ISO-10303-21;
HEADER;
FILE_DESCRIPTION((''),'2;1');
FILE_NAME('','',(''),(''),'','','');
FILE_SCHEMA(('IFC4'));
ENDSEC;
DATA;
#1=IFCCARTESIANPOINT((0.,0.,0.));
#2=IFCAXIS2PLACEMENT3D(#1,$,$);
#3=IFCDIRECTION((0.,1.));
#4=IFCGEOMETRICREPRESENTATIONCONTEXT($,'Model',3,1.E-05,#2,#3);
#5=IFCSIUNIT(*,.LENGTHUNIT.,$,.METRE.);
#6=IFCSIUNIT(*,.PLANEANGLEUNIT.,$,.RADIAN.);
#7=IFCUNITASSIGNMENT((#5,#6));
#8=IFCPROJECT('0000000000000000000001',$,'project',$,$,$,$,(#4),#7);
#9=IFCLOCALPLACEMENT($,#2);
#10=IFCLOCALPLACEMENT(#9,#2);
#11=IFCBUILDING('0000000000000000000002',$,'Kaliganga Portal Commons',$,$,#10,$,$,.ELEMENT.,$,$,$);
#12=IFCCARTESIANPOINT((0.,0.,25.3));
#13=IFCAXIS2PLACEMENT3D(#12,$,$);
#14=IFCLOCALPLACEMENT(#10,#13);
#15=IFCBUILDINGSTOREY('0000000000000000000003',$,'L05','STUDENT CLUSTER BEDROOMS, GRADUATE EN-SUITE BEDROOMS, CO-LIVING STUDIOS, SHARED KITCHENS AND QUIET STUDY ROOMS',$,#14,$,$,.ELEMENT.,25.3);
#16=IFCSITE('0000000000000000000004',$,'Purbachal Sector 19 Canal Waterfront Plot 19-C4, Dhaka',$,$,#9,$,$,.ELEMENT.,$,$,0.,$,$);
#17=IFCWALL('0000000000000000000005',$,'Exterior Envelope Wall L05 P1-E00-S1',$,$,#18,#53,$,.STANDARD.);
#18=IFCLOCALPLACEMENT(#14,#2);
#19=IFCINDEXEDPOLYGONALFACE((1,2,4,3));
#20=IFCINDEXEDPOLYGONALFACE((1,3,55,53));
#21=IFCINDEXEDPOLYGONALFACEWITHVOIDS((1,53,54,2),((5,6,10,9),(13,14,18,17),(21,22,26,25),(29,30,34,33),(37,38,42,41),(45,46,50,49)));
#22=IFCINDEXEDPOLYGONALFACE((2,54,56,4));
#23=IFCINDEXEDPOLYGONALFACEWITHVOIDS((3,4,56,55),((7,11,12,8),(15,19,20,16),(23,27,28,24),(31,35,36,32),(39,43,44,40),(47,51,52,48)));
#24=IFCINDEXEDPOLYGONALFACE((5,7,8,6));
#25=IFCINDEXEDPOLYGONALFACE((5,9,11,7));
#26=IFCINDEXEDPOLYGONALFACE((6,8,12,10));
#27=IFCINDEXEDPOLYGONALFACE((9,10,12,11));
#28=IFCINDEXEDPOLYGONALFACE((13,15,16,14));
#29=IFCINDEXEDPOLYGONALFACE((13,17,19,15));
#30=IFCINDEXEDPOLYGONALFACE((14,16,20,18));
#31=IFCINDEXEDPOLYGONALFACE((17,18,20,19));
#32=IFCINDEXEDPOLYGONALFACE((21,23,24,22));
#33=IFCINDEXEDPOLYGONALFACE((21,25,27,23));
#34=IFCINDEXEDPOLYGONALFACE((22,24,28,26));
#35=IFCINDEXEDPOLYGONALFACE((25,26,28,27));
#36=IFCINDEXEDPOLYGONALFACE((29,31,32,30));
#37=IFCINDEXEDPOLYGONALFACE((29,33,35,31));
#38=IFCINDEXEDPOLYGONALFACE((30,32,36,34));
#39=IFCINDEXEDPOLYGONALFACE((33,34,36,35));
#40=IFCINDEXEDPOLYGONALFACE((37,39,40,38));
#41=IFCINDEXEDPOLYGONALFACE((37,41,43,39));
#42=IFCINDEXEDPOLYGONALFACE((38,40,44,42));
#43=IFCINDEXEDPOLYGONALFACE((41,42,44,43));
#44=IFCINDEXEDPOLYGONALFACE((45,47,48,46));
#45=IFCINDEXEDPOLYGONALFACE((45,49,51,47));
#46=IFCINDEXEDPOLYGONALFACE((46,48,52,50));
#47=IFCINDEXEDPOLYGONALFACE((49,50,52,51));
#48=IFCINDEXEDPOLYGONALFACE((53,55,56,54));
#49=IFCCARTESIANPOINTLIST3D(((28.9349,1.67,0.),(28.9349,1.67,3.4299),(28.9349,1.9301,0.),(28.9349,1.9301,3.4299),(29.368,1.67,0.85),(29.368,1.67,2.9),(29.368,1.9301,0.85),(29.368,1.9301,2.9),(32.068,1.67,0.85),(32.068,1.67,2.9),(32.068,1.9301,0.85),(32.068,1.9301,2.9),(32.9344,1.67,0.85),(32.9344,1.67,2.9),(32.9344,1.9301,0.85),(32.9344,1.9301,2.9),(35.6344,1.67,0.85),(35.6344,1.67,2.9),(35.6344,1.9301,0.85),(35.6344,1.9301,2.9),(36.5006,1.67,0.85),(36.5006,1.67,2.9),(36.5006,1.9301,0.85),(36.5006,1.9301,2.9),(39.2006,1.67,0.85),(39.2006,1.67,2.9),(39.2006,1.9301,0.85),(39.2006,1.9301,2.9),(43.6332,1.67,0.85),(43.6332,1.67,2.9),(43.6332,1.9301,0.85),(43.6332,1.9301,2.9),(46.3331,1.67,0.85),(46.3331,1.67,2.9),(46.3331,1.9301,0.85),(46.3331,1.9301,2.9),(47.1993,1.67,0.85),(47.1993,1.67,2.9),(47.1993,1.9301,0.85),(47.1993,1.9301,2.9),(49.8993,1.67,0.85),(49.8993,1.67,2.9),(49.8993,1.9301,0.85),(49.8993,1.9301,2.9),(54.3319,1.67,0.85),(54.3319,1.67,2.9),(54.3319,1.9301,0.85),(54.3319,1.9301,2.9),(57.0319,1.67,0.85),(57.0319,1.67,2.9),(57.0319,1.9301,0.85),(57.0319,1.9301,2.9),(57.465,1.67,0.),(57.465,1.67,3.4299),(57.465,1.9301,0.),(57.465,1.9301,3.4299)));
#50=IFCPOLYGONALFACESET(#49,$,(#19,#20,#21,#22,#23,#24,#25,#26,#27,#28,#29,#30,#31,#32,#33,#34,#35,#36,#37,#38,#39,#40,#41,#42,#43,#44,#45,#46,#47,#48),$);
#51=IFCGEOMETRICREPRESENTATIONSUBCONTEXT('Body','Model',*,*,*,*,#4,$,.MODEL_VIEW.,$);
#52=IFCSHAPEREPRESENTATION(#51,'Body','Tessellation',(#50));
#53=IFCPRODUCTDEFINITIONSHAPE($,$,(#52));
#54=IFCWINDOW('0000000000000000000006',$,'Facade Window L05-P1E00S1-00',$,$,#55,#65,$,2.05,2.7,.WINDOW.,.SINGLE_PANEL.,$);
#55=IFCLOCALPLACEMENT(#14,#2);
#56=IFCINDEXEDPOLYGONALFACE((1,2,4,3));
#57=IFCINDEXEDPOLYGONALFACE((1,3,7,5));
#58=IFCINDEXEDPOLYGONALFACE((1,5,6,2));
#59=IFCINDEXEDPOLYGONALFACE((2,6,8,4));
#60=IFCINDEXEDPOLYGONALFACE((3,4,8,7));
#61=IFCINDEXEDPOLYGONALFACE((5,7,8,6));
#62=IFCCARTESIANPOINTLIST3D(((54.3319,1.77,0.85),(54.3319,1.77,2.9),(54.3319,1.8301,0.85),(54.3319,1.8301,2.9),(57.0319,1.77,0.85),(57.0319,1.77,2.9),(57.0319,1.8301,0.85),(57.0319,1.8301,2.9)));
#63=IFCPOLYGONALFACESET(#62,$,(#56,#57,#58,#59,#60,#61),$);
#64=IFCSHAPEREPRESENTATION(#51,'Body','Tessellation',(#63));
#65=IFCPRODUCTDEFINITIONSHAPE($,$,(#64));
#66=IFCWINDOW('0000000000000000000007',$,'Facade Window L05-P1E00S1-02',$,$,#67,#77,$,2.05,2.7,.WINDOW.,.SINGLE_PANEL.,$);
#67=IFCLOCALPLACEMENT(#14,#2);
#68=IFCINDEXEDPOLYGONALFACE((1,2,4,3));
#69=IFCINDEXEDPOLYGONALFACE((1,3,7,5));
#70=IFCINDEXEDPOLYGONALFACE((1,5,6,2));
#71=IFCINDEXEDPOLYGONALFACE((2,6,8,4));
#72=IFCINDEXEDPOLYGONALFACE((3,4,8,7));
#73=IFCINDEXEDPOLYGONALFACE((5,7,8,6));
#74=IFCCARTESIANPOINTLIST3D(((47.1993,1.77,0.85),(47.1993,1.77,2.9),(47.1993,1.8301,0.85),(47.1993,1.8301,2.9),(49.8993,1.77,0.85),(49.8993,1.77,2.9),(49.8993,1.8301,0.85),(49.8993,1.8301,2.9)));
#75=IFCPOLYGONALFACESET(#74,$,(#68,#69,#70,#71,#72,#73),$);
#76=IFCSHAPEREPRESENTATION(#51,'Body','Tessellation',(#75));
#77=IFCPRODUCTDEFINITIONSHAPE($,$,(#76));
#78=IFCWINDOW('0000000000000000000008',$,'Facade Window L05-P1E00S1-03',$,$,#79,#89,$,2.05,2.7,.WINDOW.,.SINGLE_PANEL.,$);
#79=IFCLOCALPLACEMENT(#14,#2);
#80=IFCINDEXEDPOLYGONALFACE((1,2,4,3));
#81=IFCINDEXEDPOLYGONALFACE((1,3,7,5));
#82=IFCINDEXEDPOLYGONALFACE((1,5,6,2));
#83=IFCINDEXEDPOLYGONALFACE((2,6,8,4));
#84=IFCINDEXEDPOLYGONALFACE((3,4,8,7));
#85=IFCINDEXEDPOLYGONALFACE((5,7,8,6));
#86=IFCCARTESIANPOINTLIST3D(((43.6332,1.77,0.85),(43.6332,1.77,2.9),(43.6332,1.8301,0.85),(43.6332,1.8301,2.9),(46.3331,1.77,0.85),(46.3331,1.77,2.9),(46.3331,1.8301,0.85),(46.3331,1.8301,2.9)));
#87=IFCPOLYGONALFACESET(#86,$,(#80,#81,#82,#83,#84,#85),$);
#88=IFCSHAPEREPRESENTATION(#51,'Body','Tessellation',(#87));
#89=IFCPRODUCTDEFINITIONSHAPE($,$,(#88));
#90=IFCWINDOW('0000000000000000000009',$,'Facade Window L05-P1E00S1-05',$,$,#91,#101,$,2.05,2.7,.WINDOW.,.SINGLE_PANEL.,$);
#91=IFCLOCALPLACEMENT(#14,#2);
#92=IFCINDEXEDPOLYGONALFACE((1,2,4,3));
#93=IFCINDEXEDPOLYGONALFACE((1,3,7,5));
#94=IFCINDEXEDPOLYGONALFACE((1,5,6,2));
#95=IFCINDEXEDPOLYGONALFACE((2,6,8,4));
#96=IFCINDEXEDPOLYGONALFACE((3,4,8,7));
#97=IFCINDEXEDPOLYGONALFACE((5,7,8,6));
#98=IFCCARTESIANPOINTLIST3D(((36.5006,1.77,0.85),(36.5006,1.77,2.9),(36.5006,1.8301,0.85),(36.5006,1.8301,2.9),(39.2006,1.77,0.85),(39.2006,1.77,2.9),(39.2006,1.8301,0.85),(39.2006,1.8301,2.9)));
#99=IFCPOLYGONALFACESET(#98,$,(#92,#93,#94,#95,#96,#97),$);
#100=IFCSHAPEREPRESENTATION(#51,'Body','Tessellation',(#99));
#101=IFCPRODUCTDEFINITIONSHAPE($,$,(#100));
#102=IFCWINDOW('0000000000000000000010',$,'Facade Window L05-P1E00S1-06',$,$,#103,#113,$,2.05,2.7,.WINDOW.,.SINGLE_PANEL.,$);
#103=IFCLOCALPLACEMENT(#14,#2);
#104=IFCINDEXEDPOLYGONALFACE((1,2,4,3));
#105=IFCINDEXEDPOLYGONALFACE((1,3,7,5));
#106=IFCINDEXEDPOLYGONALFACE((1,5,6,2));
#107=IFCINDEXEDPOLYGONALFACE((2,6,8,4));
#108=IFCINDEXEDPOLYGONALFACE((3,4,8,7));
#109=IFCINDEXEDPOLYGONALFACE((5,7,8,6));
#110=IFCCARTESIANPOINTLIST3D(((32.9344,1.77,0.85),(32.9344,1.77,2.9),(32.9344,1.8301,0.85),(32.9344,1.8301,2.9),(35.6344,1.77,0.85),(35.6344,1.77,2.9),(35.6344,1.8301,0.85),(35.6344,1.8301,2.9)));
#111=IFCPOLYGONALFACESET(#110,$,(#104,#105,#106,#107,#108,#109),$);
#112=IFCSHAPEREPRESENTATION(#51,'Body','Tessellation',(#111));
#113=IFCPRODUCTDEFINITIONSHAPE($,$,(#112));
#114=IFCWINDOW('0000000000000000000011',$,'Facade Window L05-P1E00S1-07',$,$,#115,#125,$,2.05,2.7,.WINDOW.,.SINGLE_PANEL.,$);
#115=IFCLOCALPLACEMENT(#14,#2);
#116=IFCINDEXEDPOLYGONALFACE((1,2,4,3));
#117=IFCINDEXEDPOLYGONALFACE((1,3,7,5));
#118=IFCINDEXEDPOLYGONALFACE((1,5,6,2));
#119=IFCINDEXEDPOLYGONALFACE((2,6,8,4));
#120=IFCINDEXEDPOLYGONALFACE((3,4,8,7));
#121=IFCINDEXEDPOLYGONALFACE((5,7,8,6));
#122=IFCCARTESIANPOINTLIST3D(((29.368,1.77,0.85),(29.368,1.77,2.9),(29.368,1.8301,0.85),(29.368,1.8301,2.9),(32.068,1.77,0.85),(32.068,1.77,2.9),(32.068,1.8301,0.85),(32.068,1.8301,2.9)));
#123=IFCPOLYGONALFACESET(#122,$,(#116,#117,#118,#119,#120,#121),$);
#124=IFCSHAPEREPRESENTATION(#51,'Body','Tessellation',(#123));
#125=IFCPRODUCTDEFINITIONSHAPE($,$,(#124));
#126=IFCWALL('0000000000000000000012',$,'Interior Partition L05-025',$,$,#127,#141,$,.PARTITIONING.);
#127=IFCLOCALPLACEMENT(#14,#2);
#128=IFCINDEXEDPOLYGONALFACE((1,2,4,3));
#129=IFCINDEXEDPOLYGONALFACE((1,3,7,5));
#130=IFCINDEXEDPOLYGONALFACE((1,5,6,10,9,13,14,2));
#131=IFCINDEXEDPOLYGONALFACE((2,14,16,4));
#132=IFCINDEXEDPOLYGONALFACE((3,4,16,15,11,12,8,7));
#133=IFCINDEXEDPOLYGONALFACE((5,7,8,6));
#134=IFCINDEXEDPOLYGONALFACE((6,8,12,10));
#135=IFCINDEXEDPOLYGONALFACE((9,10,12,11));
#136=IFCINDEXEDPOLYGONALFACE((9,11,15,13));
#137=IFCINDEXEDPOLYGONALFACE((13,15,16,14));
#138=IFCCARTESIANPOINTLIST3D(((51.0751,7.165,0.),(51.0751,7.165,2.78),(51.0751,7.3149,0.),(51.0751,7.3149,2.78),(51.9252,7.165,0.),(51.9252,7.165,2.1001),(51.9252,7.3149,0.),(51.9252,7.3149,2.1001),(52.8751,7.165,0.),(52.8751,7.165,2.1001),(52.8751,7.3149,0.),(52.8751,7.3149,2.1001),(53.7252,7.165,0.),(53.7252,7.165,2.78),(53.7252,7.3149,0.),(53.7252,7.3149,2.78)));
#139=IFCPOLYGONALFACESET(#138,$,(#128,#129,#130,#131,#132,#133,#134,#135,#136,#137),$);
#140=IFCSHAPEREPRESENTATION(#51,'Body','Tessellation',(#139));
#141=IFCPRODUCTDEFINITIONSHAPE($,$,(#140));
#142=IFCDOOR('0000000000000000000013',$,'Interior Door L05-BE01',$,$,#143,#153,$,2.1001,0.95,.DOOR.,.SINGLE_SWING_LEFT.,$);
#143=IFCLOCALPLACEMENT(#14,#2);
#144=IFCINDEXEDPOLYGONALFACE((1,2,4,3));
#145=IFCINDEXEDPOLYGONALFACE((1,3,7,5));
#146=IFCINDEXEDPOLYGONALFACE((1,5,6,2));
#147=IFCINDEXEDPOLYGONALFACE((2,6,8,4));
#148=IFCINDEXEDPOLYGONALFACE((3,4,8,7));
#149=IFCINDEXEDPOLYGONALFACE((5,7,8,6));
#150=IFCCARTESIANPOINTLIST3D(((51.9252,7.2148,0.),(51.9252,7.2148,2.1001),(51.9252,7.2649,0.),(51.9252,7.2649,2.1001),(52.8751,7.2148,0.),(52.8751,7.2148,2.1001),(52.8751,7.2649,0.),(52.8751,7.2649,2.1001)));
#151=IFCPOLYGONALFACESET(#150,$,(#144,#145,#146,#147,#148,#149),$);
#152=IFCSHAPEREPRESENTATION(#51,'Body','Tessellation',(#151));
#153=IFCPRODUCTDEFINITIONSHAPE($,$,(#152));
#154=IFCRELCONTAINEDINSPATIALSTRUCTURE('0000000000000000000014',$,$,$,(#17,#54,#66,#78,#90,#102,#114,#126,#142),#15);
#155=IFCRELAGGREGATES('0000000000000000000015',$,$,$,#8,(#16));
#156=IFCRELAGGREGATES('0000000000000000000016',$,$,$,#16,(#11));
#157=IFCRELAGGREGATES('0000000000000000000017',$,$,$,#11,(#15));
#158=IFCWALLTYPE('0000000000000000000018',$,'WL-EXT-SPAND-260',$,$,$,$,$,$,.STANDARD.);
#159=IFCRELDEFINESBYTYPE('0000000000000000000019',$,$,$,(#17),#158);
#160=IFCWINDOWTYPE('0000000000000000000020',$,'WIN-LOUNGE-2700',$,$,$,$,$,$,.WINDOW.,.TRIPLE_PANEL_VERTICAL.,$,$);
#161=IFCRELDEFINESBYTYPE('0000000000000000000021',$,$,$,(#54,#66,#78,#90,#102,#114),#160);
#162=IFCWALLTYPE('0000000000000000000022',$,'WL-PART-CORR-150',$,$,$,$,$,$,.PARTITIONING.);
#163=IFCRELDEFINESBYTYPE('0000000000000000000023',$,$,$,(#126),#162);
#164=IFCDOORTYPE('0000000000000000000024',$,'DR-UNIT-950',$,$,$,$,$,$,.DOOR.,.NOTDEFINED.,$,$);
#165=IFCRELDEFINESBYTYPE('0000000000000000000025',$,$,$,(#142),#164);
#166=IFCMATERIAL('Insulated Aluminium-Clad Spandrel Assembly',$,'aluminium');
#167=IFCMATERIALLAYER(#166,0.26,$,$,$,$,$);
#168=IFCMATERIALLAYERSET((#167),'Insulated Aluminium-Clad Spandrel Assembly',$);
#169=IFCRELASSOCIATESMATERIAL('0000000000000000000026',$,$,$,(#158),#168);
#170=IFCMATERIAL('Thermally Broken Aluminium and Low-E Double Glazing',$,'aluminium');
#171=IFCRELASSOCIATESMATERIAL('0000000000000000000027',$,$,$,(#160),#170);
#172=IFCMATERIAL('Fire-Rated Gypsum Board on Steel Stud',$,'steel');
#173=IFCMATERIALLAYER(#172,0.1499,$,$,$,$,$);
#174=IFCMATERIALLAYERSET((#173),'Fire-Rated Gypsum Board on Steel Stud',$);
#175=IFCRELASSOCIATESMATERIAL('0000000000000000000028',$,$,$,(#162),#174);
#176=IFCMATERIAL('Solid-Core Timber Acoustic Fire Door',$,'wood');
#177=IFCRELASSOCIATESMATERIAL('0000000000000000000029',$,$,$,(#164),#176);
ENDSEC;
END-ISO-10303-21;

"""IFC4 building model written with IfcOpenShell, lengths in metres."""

from ifc_helpers import new_model, si_unit, direction, frame, frame_2d, origin, place, context, subcontext, project, spatial, rectangle, extrude, material, layer, layer_set, type_object, element, fill, save


model = new_model("IFC4")

# Units and contexts
model_context = context("Model", 3, precision=1e-05, world=origin(), true_north=direction((0.0, 1.0)))
body_context = subcontext(model_context, "Body", "Model", "MODEL_VIEW")
ifc_project = project(units=[si_unit("LENGTHUNIT", "METRE"), si_unit("PLANEANGLEUNIT", "RADIAN")], contexts=[model_context])

# Site, building, storey
site_placement = place(None, origin())
site = spatial("IfcSite", under=ifc_project, at=site_placement, Name="Purbachal Sector 19 Canal Waterfront Plot 19-C4, Dhaka", CompositionType="ELEMENT", RefElevation=0.0)
building_placement = place(site_placement, origin())
building = spatial("IfcBuilding", under=site, at=building_placement, Name="Kaliganga Portal Commons", CompositionType="ELEMENT")
storey_placement = place(building_placement, frame((0.0, 0.0, 25.3)))
storey = spatial("IfcBuildingStorey", under=building, at=storey_placement, Name="L05", Description="STUDENT CLUSTER BEDROOMS, GRADUATE EN-SUITE BEDROOMS, CO-LIVING STUDIOS, SHARED KITCHENS AND QUIET STUDY ROOMS", CompositionType="ELEMENT", Elevation=25.3)

# Wall, openings, windows
ifc_material_1 = material(Name="Insulated Aluminium-Clad Spandrel Assembly", Category="aluminium")
ifc_layer_1 = layer(ifc_material_1, 0.26)
ifc_layer_set_1 = layer_set([ifc_layer_1], Name="Insulated Aluminium-Clad Spandrel Assembly")
wall_type_1 = type_object("IfcWallType", Name="WL-EXT-SPAND-260", PredefinedType="STANDARD", material=ifc_layer_set_1)
wall_1_placement = place(storey_placement, frame((57.4651, 1.8, 0.0), z_axis=(0.0, 0.0, 1.0), x_axis=(-1.0, 0.0, 0.0)))
wall_1 = element("IfcWall", 1, at=wall_1_placement, inside=storey, type_object=wall_type_1, Name="Exterior Envelope Wall L05 P1-E00-S1", PredefinedType="STANDARD", context=body_context, shape_type="SweptSolid", body=[
    extrude(rectangle(XDim=28.53, YDim=0.26, at=frame_2d((14.2651, 0.0))), origin(), (0.0, 0.0, 1.0), 3.4299),
])
opening_1_placement = place(wall_1_placement, frame((0.4331, 0.0, 0.8501)))
opening_1 = element("IfcOpeningElement", 2, at=opening_1_placement, cuts=wall_1, PredefinedType="OPENING", context=body_context, shape_type="SweptSolid", body=[
    extrude(rectangle(XDim=2.7, YDim=2.05, at=frame_2d((1.3501, 1.0249))), frame((0.0, 0.1401, 0.0), z_axis=(0.0, -1.0, 0.0), x_axis=(1.0, 0.0, 0.0)), (0.0, 0.0, 1.0), 0.28),
])
opening_2_placement = place(wall_1_placement, frame((7.5657, 0.0, 0.8501)))
opening_2 = element("IfcOpeningElement", 3, at=opening_2_placement, cuts=wall_1, PredefinedType="OPENING", context=body_context, shape_type="SweptSolid", body=[
    extrude(rectangle(XDim=2.7, YDim=2.05, at=frame_2d((1.3501, 1.0249))), frame((0.0, 0.1401, 0.0), z_axis=(0.0, -1.0, 0.0), x_axis=(1.0, 0.0, 0.0)), (0.0, 0.0, 1.0), 0.28),
])
opening_3_placement = place(wall_1_placement, frame((11.1318, 0.0, 0.8501)))
opening_3 = element("IfcOpeningElement", 4, at=opening_3_placement, cuts=wall_1, PredefinedType="OPENING", context=body_context, shape_type="SweptSolid", body=[
    extrude(rectangle(XDim=2.7, YDim=2.05, at=frame_2d((1.3501, 1.0249))), frame((0.0, 0.1401, 0.0), z_axis=(0.0, -1.0, 0.0), x_axis=(1.0, 0.0, 0.0)), (0.0, 0.0, 1.0), 0.28),
])
opening_4_placement = place(wall_1_placement, frame((18.2644, 0.0, 0.8501)))
opening_4 = element("IfcOpeningElement", 5, at=opening_4_placement, cuts=wall_1, PredefinedType="OPENING", context=body_context, shape_type="SweptSolid", body=[
    extrude(rectangle(XDim=2.7, YDim=2.05, at=frame_2d((1.3501, 1.0249))), frame((0.0, 0.1401, 0.0), z_axis=(0.0, -1.0, 0.0), x_axis=(1.0, 0.0, 0.0)), (0.0, 0.0, 1.0), 0.28),
])
opening_5_placement = place(wall_1_placement, frame((21.8306, 0.0, 0.8501)))
opening_5 = element("IfcOpeningElement", 6, at=opening_5_placement, cuts=wall_1, PredefinedType="OPENING", context=body_context, shape_type="SweptSolid", body=[
    extrude(rectangle(XDim=2.7, YDim=2.05, at=frame_2d((1.3501, 1.0249))), frame((0.0, 0.1401, 0.0), z_axis=(0.0, -1.0, 0.0), x_axis=(1.0, 0.0, 0.0)), (0.0, 0.0, 1.0), 0.28),
])
opening_6_placement = place(wall_1_placement, frame((25.397, 0.0, 0.8501)))
opening_6 = element("IfcOpeningElement", 7, at=opening_6_placement, cuts=wall_1, PredefinedType="OPENING", context=body_context, shape_type="SweptSolid", body=[
    extrude(rectangle(XDim=2.7, YDim=2.05, at=frame_2d((1.3501, 1.0249))), frame((0.0, 0.1401, 0.0), z_axis=(0.0, -1.0, 0.0), x_axis=(1.0, 0.0, 0.0)), (0.0, 0.0, 1.0), 0.28),
])
ifc_material_2 = material(Name="Thermally Broken Aluminium and Low-E Double Glazing", Category="aluminium")
window_type = type_object("IfcWindowType", Name="WIN-LOUNGE-2700", PartitioningType="TRIPLE_PANEL_VERTICAL", PredefinedType="WINDOW", material=ifc_material_2)
window_1_placement = place(opening_1_placement, origin())
window_1 = element("IfcWindow", 8, at=window_1_placement, inside=storey, type_object=window_type, Name="Facade Window L05-P1E00S1-00", OverallHeight=2.05, OverallWidth=2.7, PartitioningType="SINGLE_PANEL", PredefinedType="WINDOW", context=body_context, shape_type="SweptSolid", body=[
    extrude(rectangle(XDim=2.7, YDim=2.05, at=frame_2d((1.3501, 1.0249))), frame((0.0, 0.03, 0.0), z_axis=(0.0, -1.0, 0.0), x_axis=(1.0, 0.0, 0.0)), (0.0, 0.0, 1.0), 0.0601),
])
fill(opening_1, window_1)
window_2_placement = place(opening_2_placement, origin())
window_2 = element("IfcWindow", 9, at=window_2_placement, inside=storey, type_object=window_type, Name="Facade Window L05-P1E00S1-02", OverallHeight=2.05, OverallWidth=2.7, PartitioningType="SINGLE_PANEL", PredefinedType="WINDOW", context=body_context, shape_type="SweptSolid", body=[
    extrude(rectangle(XDim=2.7, YDim=2.05, at=frame_2d((1.3501, 1.0249))), frame((0.0, 0.03, 0.0), z_axis=(0.0, -1.0, 0.0), x_axis=(1.0, 0.0, 0.0)), (0.0, 0.0, 1.0), 0.0601),
])
fill(opening_2, window_2)
window_3_placement = place(opening_3_placement, origin())
window_3 = element("IfcWindow", 10, at=window_3_placement, inside=storey, type_object=window_type, Name="Facade Window L05-P1E00S1-03", OverallHeight=2.05, OverallWidth=2.7, PartitioningType="SINGLE_PANEL", PredefinedType="WINDOW", context=body_context, shape_type="SweptSolid", body=[
    extrude(rectangle(XDim=2.7, YDim=2.05, at=frame_2d((1.3501, 1.0249))), frame((0.0, 0.03, 0.0), z_axis=(0.0, -1.0, 0.0), x_axis=(1.0, 0.0, 0.0)), (0.0, 0.0, 1.0), 0.0601),
])
fill(opening_3, window_3)
window_4_placement = place(opening_4_placement, origin())
window_4 = element("IfcWindow", 11, at=window_4_placement, inside=storey, type_object=window_type, Name="Facade Window L05-P1E00S1-05", OverallHeight=2.05, OverallWidth=2.7, PartitioningType="SINGLE_PANEL", PredefinedType="WINDOW", context=body_context, shape_type="SweptSolid", body=[
    extrude(rectangle(XDim=2.7, YDim=2.05, at=frame_2d((1.3501, 1.0249))), frame((0.0, 0.03, 0.0), z_axis=(0.0, -1.0, 0.0), x_axis=(1.0, 0.0, 0.0)), (0.0, 0.0, 1.0), 0.0601),
])
fill(opening_4, window_4)
window_5_placement = place(opening_5_placement, origin())
window_5 = element("IfcWindow", 12, at=window_5_placement, inside=storey, type_object=window_type, Name="Facade Window L05-P1E00S1-06", OverallHeight=2.05, OverallWidth=2.7, PartitioningType="SINGLE_PANEL", PredefinedType="WINDOW", context=body_context, shape_type="SweptSolid", body=[
    extrude(rectangle(XDim=2.7, YDim=2.05, at=frame_2d((1.3501, 1.0249))), frame((0.0, 0.03, 0.0), z_axis=(0.0, -1.0, 0.0), x_axis=(1.0, 0.0, 0.0)), (0.0, 0.0, 1.0), 0.0601),
])
fill(opening_5, window_5)
window_6_placement = place(opening_6_placement, origin())
window_6 = element("IfcWindow", 13, at=window_6_placement, inside=storey, type_object=window_type, Name="Facade Window L05-P1E00S1-07", OverallHeight=2.05, OverallWidth=2.7, PartitioningType="SINGLE_PANEL", PredefinedType="WINDOW", context=body_context, shape_type="SweptSolid", body=[
    extrude(rectangle(XDim=2.7, YDim=2.05, at=frame_2d((1.3501, 1.0249))), frame((0.0, 0.03, 0.0), z_axis=(0.0, -1.0, 0.0), x_axis=(1.0, 0.0, 0.0)), (0.0, 0.0, 1.0), 0.0601),
])
fill(opening_6, window_6)

# Wall, opening, door
ifc_material_3 = material(Name="Fire-Rated Gypsum Board on Steel Stud", Category="steel")
ifc_layer_2 = layer(ifc_material_3, 0.1499)
ifc_layer_set_2 = layer_set([ifc_layer_2], Name="Fire-Rated Gypsum Board on Steel Stud")
wall_type_2 = type_object("IfcWallType", Name="WL-PART-CORR-150", PredefinedType="PARTITIONING", material=ifc_layer_set_2)
wall_2_placement = place(storey_placement, frame((51.075, 7.24, 0.0), z_axis=(0.0, 0.0, 1.0), x_axis=(1.0, 0.0, 0.0)))
wall_2 = element("IfcWall", 14, at=wall_2_placement, inside=storey, type_object=wall_type_2, Name="Interior Partition L05-025", PredefinedType="PARTITIONING", context=body_context, shape_type="SweptSolid", body=[
    extrude(rectangle(XDim=2.6501, YDim=0.1499, at=frame_2d((1.3252, 0.0))), origin(), (0.0, 0.0, 1.0), 2.78),
])
opening_7_placement = place(wall_2_placement, frame((0.8501, 0.0, 0.0)))
opening_7 = element("IfcOpeningElement", 15, at=opening_7_placement, cuts=wall_2, PredefinedType="OPENING", context=body_context, shape_type="SweptSolid", body=[
    extrude(rectangle(XDim=0.95, YDim=2.1001, at=frame_2d((0.4751, 1.05))), frame((0.0, 0.085, 0.0), z_axis=(0.0, -1.0, 0.0), x_axis=(1.0, 0.0, 0.0)), (0.0, 0.0, 1.0), 0.1699),
])
ifc_material_4 = material(Name="Solid-Core Timber Acoustic Fire Door", Category="wood")
door_type_1 = type_object("IfcDoorType", Name="DR-UNIT-950", OperationType="NOTDEFINED", PredefinedType="DOOR", material=ifc_material_4)
door_1_placement = place(opening_7_placement, origin())
door_1 = element("IfcDoor", 16, at=door_1_placement, inside=storey, type_object=door_type_1, Name="Interior Door L05-BE01", OperationType="SINGLE_SWING_LEFT", OverallHeight=2.1001, OverallWidth=0.95, PredefinedType="DOOR", context=body_context, shape_type="SweptSolid", body=[
    extrude(rectangle(XDim=0.95, YDim=2.1001, at=frame_2d((0.4751, 1.05))), frame((0.0, 0.0249, 0.0), z_axis=(0.0, -1.0, 0.0), x_axis=(1.0, 0.0, 0.0)), (0.0, 0.0, 1.0), 0.05),
])
fill(opening_7, door_1)

save(model, "model.ifc")
